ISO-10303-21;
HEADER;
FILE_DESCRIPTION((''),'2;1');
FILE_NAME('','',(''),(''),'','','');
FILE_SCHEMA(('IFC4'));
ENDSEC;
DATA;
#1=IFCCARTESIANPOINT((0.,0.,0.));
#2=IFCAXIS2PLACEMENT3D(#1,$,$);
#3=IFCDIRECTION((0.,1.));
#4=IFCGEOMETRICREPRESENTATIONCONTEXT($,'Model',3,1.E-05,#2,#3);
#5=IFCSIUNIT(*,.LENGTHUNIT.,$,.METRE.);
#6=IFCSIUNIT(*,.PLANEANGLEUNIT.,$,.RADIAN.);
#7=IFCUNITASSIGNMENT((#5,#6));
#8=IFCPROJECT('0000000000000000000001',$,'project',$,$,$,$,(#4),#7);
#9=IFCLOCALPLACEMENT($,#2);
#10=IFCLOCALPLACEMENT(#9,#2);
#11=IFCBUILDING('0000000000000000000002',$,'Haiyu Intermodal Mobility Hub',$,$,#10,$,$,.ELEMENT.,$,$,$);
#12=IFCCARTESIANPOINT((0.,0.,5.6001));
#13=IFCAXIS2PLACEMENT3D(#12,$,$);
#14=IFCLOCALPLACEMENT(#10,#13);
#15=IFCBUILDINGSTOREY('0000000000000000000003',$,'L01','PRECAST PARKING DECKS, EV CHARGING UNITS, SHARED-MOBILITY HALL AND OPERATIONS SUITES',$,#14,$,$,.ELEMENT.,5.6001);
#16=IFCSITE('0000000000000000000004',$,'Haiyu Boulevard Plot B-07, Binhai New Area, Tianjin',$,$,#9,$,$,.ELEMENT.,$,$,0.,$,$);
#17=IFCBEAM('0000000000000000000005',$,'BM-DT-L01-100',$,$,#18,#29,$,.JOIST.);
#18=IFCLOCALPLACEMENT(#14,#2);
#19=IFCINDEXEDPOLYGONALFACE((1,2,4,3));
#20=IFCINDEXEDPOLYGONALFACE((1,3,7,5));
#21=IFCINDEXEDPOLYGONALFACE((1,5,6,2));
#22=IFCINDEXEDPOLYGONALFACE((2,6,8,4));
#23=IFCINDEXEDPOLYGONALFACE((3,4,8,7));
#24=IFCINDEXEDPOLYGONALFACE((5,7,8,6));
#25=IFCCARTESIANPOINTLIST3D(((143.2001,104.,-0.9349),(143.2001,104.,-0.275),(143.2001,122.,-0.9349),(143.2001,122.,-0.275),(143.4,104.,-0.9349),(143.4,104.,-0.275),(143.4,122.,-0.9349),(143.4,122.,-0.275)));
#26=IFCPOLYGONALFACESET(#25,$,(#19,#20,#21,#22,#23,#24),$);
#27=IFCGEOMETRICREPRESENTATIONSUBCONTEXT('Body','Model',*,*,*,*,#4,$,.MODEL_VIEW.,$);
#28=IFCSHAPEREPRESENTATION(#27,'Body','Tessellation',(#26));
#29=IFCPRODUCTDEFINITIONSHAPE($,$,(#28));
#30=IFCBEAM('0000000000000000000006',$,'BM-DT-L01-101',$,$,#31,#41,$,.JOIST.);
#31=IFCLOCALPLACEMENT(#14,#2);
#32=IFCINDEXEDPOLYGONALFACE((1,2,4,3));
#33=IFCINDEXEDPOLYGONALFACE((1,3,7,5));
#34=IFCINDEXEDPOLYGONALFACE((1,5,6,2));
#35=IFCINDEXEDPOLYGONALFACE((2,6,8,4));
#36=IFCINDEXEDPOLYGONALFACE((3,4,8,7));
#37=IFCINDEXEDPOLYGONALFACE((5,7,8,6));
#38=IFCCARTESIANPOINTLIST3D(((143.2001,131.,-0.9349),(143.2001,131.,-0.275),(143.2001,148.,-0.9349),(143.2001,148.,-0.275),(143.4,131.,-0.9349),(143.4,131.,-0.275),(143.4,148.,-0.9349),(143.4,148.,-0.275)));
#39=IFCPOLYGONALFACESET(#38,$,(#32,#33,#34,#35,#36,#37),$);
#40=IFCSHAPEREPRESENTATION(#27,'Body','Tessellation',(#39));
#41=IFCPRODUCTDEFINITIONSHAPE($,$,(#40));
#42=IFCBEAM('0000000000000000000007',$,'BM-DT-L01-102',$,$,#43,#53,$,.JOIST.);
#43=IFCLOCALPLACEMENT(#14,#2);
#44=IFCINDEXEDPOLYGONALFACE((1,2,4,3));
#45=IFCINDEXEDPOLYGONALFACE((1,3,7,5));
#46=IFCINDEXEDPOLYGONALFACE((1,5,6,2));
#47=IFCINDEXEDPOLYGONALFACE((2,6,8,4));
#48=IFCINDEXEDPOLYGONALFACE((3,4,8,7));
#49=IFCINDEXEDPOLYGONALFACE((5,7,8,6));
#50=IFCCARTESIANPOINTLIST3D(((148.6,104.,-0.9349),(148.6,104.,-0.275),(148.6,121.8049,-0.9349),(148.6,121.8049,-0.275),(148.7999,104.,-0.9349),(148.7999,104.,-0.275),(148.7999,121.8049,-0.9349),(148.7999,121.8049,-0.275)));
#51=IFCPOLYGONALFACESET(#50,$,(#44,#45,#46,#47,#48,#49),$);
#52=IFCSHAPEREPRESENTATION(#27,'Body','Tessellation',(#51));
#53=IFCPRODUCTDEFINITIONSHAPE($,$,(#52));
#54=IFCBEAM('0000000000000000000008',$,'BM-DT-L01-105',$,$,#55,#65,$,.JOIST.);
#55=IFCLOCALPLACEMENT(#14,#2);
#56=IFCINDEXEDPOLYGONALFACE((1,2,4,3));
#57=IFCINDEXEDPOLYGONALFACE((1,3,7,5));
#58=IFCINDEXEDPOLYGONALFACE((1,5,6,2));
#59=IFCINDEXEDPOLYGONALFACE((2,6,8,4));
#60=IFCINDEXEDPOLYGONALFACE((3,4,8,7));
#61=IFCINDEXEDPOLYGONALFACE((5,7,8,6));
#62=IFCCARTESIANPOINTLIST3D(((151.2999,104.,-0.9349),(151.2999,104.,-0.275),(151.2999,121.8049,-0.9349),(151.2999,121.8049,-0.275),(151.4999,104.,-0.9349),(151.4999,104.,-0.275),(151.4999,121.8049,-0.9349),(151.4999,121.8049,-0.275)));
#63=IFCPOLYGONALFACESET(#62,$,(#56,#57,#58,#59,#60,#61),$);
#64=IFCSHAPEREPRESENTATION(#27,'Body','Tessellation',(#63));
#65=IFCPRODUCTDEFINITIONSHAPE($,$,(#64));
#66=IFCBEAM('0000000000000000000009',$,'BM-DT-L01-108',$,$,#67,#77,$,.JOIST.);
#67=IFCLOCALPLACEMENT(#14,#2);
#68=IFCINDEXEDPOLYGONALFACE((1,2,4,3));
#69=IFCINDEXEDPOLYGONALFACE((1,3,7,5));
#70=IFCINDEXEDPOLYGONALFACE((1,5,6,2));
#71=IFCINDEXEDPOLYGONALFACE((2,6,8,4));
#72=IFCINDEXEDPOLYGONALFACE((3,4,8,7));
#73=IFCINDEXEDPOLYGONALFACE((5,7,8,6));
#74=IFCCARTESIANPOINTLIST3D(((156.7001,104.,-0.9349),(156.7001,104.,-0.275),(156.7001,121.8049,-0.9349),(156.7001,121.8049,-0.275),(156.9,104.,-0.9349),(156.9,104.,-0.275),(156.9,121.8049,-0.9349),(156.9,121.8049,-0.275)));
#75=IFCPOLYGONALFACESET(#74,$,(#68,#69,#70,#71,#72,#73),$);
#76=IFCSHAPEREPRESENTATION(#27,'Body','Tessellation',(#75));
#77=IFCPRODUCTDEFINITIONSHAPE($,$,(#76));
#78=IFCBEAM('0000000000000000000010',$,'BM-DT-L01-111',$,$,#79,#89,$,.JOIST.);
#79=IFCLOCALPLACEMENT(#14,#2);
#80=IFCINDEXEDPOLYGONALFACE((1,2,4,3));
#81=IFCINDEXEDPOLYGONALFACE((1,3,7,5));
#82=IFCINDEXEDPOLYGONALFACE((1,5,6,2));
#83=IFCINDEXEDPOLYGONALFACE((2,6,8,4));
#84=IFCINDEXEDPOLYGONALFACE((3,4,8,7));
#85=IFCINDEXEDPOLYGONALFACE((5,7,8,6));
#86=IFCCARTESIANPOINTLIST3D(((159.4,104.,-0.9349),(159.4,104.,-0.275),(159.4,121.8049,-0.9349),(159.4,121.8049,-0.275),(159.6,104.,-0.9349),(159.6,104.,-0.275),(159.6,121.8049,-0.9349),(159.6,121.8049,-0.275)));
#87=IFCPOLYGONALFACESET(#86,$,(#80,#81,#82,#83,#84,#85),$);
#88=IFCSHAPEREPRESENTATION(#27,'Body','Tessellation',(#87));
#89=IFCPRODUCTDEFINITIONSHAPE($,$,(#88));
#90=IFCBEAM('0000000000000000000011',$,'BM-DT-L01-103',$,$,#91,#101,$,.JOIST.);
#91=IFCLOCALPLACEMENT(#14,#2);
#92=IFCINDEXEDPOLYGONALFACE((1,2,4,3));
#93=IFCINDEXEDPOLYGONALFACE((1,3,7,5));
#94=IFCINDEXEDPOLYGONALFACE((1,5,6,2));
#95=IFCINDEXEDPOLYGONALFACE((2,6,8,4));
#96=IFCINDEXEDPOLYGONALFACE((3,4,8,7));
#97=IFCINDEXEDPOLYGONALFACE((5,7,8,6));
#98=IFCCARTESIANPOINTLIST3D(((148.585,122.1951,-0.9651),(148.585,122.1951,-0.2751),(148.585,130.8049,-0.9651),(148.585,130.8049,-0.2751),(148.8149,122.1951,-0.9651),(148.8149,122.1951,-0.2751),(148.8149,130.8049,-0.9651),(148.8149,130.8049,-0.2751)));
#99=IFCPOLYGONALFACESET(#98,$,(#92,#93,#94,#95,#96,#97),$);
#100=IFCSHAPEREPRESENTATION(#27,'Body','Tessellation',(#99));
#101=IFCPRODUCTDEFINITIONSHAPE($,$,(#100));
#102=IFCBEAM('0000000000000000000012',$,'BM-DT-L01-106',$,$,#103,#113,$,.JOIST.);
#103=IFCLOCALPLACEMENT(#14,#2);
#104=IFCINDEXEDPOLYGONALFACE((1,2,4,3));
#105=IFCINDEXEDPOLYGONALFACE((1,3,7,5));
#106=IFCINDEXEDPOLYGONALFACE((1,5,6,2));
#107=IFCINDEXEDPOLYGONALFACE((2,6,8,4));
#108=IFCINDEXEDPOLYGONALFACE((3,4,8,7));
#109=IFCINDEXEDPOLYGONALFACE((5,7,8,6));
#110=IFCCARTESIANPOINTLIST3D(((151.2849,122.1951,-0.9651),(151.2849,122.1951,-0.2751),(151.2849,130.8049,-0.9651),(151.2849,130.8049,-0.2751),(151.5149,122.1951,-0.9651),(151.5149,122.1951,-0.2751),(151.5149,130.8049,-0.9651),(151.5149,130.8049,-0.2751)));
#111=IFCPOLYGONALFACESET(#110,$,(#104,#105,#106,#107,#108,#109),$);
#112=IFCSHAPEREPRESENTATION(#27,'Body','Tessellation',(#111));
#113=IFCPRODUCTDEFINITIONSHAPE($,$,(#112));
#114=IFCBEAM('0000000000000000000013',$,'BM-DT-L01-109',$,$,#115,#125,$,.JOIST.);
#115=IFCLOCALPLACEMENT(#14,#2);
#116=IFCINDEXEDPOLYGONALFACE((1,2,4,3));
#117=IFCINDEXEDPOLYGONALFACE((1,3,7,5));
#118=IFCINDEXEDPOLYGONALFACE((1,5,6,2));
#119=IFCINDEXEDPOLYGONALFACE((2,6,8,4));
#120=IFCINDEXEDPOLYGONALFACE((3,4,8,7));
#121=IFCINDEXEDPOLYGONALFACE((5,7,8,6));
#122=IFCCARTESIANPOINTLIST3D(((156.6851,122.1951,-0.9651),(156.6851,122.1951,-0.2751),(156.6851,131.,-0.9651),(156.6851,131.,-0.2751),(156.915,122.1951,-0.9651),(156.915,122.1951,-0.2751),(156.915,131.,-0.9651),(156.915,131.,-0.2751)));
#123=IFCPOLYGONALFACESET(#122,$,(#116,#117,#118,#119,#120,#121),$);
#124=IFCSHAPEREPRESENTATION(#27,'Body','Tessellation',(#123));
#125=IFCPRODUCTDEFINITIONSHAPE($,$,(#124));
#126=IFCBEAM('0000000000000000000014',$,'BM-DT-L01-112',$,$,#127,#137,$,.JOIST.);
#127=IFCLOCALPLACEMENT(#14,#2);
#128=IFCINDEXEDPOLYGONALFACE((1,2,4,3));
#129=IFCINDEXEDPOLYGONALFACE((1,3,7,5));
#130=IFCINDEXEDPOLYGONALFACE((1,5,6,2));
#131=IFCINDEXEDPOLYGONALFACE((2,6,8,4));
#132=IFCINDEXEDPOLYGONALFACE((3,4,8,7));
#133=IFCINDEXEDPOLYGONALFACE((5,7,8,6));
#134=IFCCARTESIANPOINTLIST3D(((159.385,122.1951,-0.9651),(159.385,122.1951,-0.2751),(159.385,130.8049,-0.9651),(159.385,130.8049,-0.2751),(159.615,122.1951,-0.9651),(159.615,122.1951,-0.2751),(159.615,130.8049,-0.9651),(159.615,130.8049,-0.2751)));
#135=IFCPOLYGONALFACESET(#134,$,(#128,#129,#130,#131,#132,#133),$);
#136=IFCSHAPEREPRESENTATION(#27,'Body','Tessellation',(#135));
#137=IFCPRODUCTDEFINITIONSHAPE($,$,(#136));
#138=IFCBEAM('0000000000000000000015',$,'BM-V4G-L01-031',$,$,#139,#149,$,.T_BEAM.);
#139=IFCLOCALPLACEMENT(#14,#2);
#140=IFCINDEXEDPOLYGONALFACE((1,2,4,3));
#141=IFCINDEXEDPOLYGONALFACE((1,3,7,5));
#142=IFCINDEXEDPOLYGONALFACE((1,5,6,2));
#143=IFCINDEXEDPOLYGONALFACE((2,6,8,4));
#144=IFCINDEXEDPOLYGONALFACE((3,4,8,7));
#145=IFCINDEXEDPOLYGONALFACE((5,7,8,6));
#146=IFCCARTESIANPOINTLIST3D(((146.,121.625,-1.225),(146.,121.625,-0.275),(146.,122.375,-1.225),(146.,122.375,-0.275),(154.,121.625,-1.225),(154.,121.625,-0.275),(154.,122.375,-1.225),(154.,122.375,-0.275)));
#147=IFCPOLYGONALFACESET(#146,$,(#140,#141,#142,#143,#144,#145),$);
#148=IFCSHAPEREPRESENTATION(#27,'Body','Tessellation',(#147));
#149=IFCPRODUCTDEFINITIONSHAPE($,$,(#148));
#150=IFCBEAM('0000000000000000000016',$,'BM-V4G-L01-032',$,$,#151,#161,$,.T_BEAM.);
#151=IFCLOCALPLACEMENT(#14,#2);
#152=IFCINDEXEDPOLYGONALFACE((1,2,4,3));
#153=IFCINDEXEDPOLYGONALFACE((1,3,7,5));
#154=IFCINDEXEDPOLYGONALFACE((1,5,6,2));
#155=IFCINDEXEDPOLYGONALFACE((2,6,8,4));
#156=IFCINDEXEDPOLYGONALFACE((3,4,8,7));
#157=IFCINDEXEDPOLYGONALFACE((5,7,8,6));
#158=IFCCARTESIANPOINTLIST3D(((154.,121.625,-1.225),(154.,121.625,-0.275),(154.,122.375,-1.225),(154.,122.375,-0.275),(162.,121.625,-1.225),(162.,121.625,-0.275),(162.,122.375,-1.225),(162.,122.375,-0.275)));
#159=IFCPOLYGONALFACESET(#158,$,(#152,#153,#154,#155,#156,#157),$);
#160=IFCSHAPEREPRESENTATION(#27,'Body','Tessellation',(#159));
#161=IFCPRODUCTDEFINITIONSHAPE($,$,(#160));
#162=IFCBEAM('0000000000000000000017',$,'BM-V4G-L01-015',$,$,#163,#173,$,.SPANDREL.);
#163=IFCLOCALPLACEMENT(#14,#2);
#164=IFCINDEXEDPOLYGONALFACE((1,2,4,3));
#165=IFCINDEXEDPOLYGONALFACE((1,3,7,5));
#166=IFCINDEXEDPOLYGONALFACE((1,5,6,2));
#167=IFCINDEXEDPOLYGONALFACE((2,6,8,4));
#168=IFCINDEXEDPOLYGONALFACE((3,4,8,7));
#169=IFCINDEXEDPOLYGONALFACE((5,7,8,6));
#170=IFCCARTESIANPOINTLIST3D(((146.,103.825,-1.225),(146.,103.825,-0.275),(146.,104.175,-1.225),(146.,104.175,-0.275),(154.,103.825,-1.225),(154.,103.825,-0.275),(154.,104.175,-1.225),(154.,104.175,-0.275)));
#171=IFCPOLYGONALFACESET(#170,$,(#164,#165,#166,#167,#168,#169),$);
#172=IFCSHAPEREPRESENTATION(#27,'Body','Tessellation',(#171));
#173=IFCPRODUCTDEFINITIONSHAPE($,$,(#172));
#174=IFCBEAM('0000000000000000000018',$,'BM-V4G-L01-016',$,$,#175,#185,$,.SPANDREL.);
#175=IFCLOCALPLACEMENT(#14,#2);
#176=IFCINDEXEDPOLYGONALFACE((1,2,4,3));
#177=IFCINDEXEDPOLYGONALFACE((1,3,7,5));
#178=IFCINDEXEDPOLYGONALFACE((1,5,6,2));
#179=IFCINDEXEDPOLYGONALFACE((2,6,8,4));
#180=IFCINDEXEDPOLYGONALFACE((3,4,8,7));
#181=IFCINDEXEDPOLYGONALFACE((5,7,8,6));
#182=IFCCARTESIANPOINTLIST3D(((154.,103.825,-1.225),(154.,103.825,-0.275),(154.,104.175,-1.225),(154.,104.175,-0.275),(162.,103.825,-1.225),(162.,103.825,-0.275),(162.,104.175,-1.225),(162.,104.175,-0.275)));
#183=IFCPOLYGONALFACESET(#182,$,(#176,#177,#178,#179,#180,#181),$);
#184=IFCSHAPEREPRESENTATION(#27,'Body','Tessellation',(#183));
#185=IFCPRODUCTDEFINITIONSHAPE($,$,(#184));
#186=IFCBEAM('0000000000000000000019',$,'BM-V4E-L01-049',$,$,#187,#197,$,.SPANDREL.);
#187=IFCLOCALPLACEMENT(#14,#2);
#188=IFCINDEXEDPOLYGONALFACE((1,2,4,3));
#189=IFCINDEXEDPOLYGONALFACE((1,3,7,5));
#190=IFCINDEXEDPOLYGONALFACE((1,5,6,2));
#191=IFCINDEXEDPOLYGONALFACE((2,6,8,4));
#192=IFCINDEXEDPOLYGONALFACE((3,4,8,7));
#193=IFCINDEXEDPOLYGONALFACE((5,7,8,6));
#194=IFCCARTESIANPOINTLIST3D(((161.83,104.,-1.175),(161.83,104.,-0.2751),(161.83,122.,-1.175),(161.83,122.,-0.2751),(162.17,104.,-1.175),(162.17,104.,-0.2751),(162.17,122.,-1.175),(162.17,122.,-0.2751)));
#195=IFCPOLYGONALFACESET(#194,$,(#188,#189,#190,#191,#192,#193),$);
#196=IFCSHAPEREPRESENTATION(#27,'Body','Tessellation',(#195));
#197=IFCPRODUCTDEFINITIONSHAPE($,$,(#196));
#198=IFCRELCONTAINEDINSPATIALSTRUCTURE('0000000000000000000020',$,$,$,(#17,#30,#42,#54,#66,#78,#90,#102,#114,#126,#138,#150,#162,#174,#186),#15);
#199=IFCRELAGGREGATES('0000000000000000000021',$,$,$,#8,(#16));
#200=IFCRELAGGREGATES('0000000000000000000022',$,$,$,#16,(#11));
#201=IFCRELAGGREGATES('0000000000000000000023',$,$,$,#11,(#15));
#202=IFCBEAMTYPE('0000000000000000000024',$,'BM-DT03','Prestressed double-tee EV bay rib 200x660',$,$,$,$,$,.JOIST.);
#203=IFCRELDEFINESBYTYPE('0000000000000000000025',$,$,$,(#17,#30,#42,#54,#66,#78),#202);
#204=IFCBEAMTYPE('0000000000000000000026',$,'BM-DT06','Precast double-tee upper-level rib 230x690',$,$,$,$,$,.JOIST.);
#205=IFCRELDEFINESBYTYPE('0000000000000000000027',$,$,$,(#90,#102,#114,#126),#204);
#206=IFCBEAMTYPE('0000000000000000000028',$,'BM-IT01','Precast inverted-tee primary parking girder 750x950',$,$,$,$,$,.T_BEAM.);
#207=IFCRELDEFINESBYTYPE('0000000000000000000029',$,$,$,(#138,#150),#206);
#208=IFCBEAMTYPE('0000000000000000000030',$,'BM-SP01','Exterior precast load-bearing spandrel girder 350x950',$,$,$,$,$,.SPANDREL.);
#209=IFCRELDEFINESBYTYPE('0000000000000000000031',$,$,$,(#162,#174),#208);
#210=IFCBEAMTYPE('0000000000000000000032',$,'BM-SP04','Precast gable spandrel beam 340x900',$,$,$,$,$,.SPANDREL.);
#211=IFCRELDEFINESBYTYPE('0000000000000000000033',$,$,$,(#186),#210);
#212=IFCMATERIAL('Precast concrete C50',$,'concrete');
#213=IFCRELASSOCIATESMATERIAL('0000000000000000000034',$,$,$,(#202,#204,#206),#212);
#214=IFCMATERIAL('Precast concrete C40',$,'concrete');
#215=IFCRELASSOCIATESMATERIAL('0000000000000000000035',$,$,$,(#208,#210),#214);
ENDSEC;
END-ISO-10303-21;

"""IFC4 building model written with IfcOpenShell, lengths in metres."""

from ifc_helpers import new_model, si_unit, direction, frame, origin, origin_2d, place, context, subcontext, project, spatial, rectangle, extrude, material, material_profile, profile_set, type_object, element, save


model = new_model("IFC4")

# Units and contexts
model_context = context("Model", 3, precision=1e-05, world=origin(), true_north=direction((0.0, 1.0)))
body_context = subcontext(model_context, "Body", "Model", "MODEL_VIEW")
ifc_project = project(units=[si_unit("LENGTHUNIT", "METRE"), si_unit("PLANEANGLEUNIT", "RADIAN")], contexts=[model_context])

# Site, building, storey
site_placement = place(None, origin())
site = spatial("IfcSite", under=ifc_project, at=site_placement, Name="Haiyu Boulevard Plot B-07, Binhai New Area, Tianjin", CompositionType="ELEMENT", RefElevation=0.0)
building_placement = place(site_placement, origin())
building = spatial("IfcBuilding", under=site, at=building_placement, Name="Haiyu Intermodal Mobility Hub", CompositionType="ELEMENT")
storey_placement = place(building_placement, frame((0.0, 0.0, 5.6001)))
storey = spatial("IfcBuildingStorey", under=building, at=storey_placement, Name="L01", Description="PRECAST PARKING DECKS, EV CHARGING UNITS, SHARED-MOBILITY HALL AND OPERATIONS SUITES", CompositionType="ELEMENT", Elevation=5.6001)

# Shared definitions
ifc_material_1 = material(Name="Precast concrete C40", Category="concrete")

# Beams
ifc_material_2 = material(Name="Precast concrete C50", Category="concrete")
ifc_material_profile_1 = material_profile(ifc_material_2, rectangle(XDim=0.2, YDim=0.6599, at=origin_2d()), Name="PC200x660")
ifc_profile_set_1 = profile_set([ifc_material_profile_1], Name="Precast concrete C50")
beam_type_1 = type_object("IfcBeamType", Name="BM-DT03", Description="Prestressed double-tee EV bay rib 200x660", PredefinedType="JOIST", material=ifc_profile_set_1)
beam_1_placement = place(storey_placement, frame((143.3, 104.0, -0.605), z_axis=(0.0, 1.0, 0.0), x_axis=(-1.0, 0.0, 0.0)))
element("IfcBeam", 1, at=beam_1_placement, inside=storey, type_object=beam_type_1, Name="BM-DT-L01-100", PredefinedType="JOIST", context=body_context, shape_type="SweptSolid", body=[
    extrude(rectangle(XDim=0.2, YDim=0.6599, at=origin_2d()), origin(), (0.0, 0.0, 1.0), 18.0),
])
beam_2_placement = place(storey_placement, frame((143.3, 131.0, -0.605), z_axis=(0.0, 1.0, 0.0), x_axis=(-1.0, 0.0, 0.0)))
element("IfcBeam", 2, at=beam_2_placement, inside=storey, type_object=beam_type_1, Name="BM-DT-L01-101", PredefinedType="JOIST", context=body_context, shape_type="SweptSolid", body=[
    extrude(rectangle(XDim=0.2, YDim=0.6599, at=origin_2d()), origin(), (0.0, 0.0, 1.0), 17.0),
])
for number, where, z_axis, x_axis, name in (
    (3, (148.7, 104.0, -0.605), (0.0, 1.0, 0.0), (-1.0, 0.0, 0.0), "BM-DT-L01-102"),
    (4, (151.3999, 104.0, -0.605), (0.0, 1.0, 0.0), (-1.0, 0.0, 0.0), "BM-DT-L01-105"),
    (5, (156.8, 104.0, -0.605), (0.0, 1.0, 0.0), (-1.0, 0.0, 0.0), "BM-DT-L01-108"),
    (6, (159.5, 104.0, -0.605), (0.0, 1.0, 0.0), (-1.0, 0.0, 0.0), "BM-DT-L01-111"),
):
    element("IfcBeam", number, at=place(storey_placement, frame(where, z_axis=z_axis, x_axis=x_axis)), inside=storey, type_object=beam_type_1, Name=name, PredefinedType="JOIST", context=body_context, shape_type="SweptSolid", body=[
        extrude(rectangle(XDim=0.2, YDim=0.6599, at=origin_2d()), origin(), (0.0, 0.0, 1.0), 17.8049),
    ])
ifc_material_profile_2 = material_profile(ifc_material_2, rectangle(XDim=0.23, YDim=0.6899, at=origin_2d()), Name="B230x690")
ifc_profile_set_2 = profile_set([ifc_material_profile_2], Name="Precast concrete C50")
beam_type_2 = type_object("IfcBeamType", Name="BM-DT06", Description="Precast double-tee upper-level rib 230x690", PredefinedType="JOIST", material=ifc_profile_set_2)
for number, where, z_axis, x_axis, name in (
    (7, (148.7, 122.1951, -0.6201), (0.0, 1.0, 0.0), (-1.0, 0.0, 0.0), "BM-DT-L01-103"),
    (8, (151.3999, 122.1951, -0.6201), (0.0, 1.0, 0.0), (-1.0, 0.0, 0.0), "BM-DT-L01-106"),
):
    element("IfcBeam", number, at=place(storey_placement, frame(where, z_axis=z_axis, x_axis=x_axis)), inside=storey, type_object=beam_type_2, Name=name, PredefinedType="JOIST", context=body_context, shape_type="SweptSolid", body=[
        extrude(rectangle(XDim=0.23, YDim=0.6899, at=origin_2d()), origin(), (0.0, 0.0, 1.0), 8.6099),
    ])
beam_3_placement = place(storey_placement, frame((156.8, 122.1951, -0.6201), z_axis=(0.0, 1.0, 0.0), x_axis=(-1.0, 0.0, 0.0)))
element("IfcBeam", 9, at=beam_3_placement, inside=storey, type_object=beam_type_2, Name="BM-DT-L01-109", PredefinedType="JOIST", context=body_context, shape_type="SweptSolid", body=[
    extrude(rectangle(XDim=0.23, YDim=0.6899, at=origin_2d()), origin(), (0.0, 0.0, 1.0), 8.8049),
])
beam_4_placement = place(storey_placement, frame((159.5, 122.1951, -0.6201), z_axis=(0.0, 1.0, 0.0), x_axis=(-1.0, 0.0, 0.0)))
element("IfcBeam", 10, at=beam_4_placement, inside=storey, type_object=beam_type_2, Name="BM-DT-L01-112", PredefinedType="JOIST", context=body_context, shape_type="SweptSolid", body=[
    extrude(rectangle(XDim=0.23, YDim=0.6899, at=origin_2d()), origin(), (0.0, 0.0, 1.0), 8.6099),
])
ifc_material_profile_3 = material_profile(ifc_material_2, rectangle(XDim=0.75, YDim=0.95, at=origin_2d()), Name="PC750x950")
ifc_profile_set_3 = profile_set([ifc_material_profile_3], Name="Precast concrete C50")
beam_type_3 = type_object("IfcBeamType", Name="BM-IT01", Description="Precast inverted-tee primary parking girder 750x950", PredefinedType="T_BEAM", material=ifc_profile_set_3)
for number, where, z_axis, x_axis, name in (
    (11, (146.0, 122.0, -0.75), (1.0, 0.0, 0.0), (0.0, 1.0, 0.0), "BM-V4G-L01-031"),
    (12, (154.0, 122.0, -0.75), (1.0, 0.0, 0.0), (0.0, 1.0, 0.0), "BM-V4G-L01-032"),
):
    element("IfcBeam", number, at=place(storey_placement, frame(where, z_axis=z_axis, x_axis=x_axis)), inside=storey, type_object=beam_type_3, Name=name, PredefinedType="T_BEAM", context=body_context, shape_type="SweptSolid", body=[
        extrude(rectangle(XDim=0.75, YDim=0.95, at=origin_2d()), origin(), (0.0, 0.0, 1.0), 8.0),
    ])
ifc_material_profile_4 = material_profile(ifc_material_1, rectangle(XDim=0.3501, YDim=0.95, at=origin_2d()), Name="PC350x950")
ifc_profile_set_4 = profile_set([ifc_material_profile_4], Name="Precast concrete C40")
beam_type_4 = type_object("IfcBeamType", Name="BM-SP01", Description="Exterior precast load-bearing spandrel girder 350x950", PredefinedType="SPANDREL", material=ifc_profile_set_4)
for number, where, z_axis, x_axis, name in (
    (13, (146.0, 104.0, -0.75), (1.0, 0.0, 0.0), (0.0, 1.0, 0.0), "BM-V4G-L01-015"),
    (14, (154.0, 104.0, -0.75), (1.0, 0.0, 0.0), (0.0, 1.0, 0.0), "BM-V4G-L01-016"),
):
    element("IfcBeam", number, at=place(storey_placement, frame(where, z_axis=z_axis, x_axis=x_axis)), inside=storey, type_object=beam_type_4, Name=name, PredefinedType="SPANDREL", context=body_context, shape_type="SweptSolid", body=[
        extrude(rectangle(XDim=0.3501, YDim=0.95, at=origin_2d()), origin(), (0.0, 0.0, 1.0), 8.0),
    ])
ifc_material_profile_5 = material_profile(ifc_material_1, rectangle(XDim=0.3401, YDim=0.8999, at=origin_2d()), Name="B340x900")
ifc_profile_set_5 = profile_set([ifc_material_profile_5], Name="Precast concrete C40")
beam_type_5 = type_object("IfcBeamType", Name="BM-SP04", Description="Precast gable spandrel beam 340x900", PredefinedType="SPANDREL", material=ifc_profile_set_5)
beam_5_placement = place(storey_placement, frame((162.0, 104.0, -0.7251), z_axis=(0.0, 1.0, 0.0), x_axis=(-1.0, 0.0, 0.0)))
element("IfcBeam", 15, at=beam_5_placement, inside=storey, type_object=beam_type_5, Name="BM-V4E-L01-049", PredefinedType="SPANDREL", context=body_context, shape_type="SweptSolid", body=[
    extrude(rectangle(XDim=0.3401, YDim=0.8999, at=origin_2d()), origin(), (0.0, 0.0, 1.0), 18.0),
])

save(model, "model.ifc")
